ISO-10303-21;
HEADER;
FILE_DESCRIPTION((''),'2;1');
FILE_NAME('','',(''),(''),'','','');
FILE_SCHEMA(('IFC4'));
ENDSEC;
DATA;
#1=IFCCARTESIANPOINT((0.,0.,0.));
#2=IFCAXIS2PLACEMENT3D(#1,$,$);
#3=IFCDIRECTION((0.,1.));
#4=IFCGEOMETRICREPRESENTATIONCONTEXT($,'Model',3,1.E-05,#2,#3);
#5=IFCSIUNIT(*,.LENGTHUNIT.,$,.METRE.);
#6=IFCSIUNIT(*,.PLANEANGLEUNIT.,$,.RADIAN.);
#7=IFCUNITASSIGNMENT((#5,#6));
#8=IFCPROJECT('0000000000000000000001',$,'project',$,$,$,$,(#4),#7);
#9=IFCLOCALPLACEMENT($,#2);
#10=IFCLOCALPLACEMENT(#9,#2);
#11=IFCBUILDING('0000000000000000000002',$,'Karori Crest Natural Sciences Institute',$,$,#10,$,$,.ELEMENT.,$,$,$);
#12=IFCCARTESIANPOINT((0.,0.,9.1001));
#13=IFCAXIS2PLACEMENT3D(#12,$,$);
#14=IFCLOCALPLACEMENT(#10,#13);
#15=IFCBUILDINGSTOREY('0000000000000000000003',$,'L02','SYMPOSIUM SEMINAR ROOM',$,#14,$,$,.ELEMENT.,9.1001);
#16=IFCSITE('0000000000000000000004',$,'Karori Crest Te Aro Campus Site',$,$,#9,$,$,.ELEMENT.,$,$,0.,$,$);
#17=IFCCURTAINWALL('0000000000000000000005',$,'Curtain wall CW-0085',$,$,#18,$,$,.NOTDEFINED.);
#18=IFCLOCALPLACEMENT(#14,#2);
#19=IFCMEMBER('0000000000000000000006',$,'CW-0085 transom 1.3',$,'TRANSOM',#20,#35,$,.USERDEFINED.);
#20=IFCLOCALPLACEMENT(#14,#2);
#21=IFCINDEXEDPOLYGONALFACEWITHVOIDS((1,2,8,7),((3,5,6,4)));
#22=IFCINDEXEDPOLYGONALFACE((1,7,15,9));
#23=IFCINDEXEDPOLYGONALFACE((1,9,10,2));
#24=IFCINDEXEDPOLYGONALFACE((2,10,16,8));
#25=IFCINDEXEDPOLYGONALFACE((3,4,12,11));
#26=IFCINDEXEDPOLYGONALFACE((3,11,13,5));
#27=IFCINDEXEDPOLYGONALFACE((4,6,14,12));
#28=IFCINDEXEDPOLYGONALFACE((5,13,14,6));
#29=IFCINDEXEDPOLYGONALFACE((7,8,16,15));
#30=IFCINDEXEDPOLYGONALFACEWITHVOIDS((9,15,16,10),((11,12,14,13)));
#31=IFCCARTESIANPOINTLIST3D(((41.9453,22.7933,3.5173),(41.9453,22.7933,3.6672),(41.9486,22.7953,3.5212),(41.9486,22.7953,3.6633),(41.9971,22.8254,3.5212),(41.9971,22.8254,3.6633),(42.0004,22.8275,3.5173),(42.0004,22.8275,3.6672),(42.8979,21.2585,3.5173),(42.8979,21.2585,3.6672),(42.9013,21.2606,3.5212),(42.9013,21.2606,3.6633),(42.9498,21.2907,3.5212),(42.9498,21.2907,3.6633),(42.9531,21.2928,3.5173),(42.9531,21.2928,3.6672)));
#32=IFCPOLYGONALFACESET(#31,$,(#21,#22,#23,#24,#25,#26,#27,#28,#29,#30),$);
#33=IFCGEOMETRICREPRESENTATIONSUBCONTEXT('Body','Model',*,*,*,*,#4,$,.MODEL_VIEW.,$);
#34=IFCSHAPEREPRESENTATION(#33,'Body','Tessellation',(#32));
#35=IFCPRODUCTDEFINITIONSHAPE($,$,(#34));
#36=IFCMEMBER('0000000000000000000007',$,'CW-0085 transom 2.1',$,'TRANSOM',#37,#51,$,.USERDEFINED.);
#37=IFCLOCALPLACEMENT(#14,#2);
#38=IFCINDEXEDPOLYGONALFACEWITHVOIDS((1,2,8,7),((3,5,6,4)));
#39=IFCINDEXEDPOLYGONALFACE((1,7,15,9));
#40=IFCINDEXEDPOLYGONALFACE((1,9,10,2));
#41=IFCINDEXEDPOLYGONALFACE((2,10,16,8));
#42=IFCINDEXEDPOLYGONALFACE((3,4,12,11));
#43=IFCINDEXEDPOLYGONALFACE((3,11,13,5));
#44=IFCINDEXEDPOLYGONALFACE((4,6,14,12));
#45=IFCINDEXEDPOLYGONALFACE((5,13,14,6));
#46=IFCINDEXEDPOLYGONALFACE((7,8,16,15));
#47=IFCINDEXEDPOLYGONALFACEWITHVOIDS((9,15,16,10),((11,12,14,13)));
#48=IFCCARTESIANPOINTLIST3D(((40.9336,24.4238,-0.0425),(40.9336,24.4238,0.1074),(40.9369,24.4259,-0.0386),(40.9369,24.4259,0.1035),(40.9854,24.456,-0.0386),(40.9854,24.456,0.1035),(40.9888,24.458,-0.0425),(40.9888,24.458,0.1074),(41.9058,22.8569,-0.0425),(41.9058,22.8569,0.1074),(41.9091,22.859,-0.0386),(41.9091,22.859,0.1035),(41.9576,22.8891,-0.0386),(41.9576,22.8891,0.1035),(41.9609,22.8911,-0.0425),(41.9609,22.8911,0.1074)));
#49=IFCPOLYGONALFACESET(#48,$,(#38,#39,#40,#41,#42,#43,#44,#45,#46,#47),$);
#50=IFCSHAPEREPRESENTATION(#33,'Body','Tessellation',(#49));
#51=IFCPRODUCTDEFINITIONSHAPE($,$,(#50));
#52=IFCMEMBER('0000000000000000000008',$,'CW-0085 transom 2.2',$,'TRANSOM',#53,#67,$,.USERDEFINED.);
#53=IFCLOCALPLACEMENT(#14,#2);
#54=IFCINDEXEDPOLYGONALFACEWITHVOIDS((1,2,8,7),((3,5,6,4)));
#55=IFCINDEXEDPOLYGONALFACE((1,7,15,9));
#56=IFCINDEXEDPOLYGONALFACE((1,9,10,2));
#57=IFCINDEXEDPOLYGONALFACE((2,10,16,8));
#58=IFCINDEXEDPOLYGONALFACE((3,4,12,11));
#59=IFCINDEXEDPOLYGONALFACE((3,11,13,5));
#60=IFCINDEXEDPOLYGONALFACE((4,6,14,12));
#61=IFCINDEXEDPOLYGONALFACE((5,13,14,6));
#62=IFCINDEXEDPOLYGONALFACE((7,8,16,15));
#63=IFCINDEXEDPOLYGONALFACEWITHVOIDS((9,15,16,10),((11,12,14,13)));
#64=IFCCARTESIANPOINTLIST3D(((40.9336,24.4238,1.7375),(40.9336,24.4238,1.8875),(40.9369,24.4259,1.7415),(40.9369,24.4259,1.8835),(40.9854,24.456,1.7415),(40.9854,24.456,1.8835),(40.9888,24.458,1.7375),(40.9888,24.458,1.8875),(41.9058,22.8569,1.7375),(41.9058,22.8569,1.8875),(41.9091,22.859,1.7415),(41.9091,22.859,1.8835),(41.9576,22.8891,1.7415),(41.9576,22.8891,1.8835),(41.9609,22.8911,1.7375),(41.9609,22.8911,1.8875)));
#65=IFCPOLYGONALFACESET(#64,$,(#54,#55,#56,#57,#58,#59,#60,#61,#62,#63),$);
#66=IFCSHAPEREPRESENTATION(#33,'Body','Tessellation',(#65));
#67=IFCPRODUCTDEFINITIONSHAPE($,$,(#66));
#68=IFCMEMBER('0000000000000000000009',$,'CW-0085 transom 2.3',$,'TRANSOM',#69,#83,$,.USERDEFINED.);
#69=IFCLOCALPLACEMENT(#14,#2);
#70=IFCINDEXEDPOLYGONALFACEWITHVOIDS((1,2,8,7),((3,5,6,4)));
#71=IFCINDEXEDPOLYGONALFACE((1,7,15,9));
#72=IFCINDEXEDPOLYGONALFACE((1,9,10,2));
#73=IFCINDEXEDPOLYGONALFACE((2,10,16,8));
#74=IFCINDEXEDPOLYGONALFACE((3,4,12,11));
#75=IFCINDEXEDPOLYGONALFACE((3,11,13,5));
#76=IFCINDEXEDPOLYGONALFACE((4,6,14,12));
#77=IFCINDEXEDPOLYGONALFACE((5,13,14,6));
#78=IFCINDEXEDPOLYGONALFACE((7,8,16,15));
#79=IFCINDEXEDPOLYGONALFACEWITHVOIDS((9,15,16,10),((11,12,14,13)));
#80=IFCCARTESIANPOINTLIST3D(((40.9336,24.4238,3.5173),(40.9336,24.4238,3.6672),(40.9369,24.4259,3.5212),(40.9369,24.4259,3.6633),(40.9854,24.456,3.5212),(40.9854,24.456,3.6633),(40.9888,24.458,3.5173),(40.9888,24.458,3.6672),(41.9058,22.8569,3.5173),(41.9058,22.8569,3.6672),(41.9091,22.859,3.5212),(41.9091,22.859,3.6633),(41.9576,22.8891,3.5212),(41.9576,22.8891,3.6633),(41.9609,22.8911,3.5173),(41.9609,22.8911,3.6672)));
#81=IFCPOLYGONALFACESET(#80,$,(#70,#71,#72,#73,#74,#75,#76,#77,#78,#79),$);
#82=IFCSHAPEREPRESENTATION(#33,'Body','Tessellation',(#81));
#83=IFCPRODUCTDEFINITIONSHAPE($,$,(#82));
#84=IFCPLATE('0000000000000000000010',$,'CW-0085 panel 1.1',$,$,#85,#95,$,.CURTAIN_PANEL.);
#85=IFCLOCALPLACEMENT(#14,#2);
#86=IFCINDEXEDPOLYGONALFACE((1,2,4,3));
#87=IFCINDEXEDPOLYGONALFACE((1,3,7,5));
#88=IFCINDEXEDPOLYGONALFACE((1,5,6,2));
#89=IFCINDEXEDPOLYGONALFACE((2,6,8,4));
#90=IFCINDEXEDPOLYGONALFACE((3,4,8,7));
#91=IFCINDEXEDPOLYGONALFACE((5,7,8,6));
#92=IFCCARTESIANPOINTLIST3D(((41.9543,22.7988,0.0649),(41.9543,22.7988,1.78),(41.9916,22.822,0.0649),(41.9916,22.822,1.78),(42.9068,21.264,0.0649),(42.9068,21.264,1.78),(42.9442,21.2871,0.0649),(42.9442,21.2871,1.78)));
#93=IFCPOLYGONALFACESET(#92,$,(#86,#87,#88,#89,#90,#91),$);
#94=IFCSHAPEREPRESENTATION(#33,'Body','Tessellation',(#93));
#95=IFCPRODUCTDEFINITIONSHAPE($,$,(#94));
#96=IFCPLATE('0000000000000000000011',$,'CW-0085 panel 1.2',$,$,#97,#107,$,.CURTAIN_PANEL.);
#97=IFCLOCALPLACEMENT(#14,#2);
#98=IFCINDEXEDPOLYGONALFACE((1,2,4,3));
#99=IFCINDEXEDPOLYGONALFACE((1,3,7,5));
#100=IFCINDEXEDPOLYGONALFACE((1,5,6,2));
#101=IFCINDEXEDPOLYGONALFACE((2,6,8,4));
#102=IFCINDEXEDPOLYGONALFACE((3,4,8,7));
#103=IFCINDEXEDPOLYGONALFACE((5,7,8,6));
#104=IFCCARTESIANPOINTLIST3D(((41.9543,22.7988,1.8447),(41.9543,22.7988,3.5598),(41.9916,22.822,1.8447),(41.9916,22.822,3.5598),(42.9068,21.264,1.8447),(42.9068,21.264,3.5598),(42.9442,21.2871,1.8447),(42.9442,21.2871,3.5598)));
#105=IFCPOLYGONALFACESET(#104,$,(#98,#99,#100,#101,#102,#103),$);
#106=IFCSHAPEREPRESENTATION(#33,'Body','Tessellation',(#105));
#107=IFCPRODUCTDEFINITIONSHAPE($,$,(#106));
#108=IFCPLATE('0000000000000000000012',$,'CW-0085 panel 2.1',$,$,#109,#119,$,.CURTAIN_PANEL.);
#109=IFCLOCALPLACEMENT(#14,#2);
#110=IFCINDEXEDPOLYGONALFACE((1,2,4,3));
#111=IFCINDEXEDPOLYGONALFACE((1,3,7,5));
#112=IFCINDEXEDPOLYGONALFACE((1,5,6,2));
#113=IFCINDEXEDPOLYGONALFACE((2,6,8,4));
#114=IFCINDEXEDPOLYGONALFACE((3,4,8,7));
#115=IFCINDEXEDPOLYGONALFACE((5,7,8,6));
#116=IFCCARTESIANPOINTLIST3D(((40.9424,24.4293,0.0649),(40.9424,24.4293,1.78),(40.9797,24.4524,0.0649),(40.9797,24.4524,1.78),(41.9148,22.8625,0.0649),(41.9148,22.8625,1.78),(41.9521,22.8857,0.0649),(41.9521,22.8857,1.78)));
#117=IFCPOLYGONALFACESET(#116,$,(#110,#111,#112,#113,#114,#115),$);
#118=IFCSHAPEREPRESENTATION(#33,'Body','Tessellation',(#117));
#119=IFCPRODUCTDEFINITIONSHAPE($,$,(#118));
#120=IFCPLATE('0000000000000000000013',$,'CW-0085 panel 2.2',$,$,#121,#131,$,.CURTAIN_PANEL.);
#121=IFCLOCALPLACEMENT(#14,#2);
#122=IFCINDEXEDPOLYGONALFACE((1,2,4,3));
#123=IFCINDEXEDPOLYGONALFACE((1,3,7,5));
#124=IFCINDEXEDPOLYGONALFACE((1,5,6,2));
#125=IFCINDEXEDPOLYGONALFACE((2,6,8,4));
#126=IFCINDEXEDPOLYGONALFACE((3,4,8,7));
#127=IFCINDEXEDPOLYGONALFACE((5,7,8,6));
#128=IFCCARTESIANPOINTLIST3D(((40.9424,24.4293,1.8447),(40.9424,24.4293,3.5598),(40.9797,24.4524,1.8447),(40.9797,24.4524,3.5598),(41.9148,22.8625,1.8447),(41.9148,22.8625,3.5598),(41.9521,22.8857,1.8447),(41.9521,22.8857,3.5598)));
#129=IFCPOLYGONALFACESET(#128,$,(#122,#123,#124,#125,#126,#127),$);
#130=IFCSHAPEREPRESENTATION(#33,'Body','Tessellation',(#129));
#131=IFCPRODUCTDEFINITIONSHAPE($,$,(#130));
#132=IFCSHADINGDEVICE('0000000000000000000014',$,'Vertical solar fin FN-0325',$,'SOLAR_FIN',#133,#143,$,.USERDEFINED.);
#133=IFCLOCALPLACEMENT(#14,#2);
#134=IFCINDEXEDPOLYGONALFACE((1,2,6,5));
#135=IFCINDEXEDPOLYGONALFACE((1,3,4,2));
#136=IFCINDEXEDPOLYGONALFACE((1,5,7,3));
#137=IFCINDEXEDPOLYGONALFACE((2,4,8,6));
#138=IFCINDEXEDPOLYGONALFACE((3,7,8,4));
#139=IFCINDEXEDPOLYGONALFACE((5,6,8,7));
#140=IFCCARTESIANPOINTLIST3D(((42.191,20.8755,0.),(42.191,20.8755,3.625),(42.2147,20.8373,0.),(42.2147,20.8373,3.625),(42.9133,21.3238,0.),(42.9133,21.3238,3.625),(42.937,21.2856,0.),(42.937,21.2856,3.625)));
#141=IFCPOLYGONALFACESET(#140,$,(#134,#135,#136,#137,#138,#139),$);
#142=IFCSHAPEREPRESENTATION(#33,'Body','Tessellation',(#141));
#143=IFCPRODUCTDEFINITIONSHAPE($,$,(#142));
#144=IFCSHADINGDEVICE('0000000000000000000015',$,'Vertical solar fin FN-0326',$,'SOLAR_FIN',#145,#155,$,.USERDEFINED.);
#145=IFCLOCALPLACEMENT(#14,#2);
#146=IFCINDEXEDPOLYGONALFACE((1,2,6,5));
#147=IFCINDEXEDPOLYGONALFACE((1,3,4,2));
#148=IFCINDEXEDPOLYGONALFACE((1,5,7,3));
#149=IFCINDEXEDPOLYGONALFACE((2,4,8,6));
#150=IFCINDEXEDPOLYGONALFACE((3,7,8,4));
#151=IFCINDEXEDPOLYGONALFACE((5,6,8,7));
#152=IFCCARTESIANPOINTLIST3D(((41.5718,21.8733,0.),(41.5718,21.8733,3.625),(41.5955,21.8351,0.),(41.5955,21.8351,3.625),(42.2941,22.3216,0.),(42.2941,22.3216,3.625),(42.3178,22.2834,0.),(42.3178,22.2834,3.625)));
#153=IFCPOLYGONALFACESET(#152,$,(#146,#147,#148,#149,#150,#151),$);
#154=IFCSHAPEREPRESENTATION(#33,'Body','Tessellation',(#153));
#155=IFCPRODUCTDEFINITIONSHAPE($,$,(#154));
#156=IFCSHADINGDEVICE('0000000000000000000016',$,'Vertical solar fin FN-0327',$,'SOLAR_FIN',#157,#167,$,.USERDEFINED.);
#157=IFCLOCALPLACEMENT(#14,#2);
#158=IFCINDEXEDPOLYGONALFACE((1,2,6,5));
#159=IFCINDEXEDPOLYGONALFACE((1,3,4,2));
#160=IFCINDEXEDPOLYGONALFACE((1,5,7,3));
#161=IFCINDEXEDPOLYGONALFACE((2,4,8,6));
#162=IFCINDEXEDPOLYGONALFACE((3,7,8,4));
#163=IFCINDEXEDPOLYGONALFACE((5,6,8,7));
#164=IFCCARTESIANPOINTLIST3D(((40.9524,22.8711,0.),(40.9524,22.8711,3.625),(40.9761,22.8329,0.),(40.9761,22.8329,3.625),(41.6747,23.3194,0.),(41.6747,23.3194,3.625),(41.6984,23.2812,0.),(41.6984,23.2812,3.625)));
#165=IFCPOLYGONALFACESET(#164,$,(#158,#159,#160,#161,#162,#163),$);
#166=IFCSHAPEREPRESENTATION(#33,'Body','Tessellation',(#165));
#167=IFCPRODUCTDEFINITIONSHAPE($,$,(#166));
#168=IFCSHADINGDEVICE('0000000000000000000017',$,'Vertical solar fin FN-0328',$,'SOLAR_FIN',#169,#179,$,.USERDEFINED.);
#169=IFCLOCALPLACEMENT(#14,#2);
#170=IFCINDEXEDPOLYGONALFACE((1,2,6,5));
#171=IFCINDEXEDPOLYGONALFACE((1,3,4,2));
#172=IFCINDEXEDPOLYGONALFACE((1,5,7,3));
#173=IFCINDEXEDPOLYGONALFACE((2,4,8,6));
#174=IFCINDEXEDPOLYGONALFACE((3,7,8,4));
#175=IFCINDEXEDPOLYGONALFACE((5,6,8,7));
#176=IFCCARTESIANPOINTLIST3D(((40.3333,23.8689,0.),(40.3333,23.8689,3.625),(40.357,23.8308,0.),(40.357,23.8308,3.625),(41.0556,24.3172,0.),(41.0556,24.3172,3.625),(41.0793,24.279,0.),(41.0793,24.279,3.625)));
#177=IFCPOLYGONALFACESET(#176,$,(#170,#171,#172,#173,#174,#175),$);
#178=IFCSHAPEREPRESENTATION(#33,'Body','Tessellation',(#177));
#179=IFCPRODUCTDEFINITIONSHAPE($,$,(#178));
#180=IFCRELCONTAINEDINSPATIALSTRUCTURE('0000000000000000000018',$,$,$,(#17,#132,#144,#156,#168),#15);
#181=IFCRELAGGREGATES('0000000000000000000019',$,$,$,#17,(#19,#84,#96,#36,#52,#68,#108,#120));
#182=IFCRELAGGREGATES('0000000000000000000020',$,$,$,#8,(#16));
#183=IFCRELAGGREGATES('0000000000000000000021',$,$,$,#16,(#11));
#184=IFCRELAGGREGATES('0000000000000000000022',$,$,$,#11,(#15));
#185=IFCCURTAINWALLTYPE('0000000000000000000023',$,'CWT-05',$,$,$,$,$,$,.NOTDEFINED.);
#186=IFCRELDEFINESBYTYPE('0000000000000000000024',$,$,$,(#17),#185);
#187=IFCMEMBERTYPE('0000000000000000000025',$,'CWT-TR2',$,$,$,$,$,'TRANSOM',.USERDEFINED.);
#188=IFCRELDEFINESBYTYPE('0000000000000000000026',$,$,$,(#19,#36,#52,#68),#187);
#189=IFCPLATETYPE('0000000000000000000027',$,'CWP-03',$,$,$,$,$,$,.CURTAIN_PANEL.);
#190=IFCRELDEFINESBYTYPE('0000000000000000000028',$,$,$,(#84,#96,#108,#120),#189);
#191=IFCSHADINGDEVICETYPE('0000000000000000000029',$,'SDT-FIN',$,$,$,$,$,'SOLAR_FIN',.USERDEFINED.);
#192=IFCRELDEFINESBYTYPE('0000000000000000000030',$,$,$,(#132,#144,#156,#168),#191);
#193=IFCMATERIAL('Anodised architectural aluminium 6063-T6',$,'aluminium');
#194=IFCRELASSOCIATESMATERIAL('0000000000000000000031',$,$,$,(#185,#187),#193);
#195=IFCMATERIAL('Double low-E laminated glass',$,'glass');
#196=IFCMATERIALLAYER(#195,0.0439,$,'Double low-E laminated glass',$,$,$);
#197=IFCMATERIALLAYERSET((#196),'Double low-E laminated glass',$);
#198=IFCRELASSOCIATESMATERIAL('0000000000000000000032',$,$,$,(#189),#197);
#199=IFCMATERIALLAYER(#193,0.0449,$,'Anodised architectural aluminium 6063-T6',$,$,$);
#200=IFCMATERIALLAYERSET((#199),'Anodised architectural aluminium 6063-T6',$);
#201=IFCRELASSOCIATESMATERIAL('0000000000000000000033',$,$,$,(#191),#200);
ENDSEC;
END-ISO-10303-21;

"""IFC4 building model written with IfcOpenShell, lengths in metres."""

from ifc_helpers import new_model, si_unit, direction, frame, origin, origin_2d, place, context, subcontext, project, spatial, rectangle, hollow_rectangle, extrude, material, layer, layer_set, material_profile, profile_set, type_object, element, aggregate, save


model = new_model("IFC4")

# Units and contexts
model_context = context("Model", 3, precision=1e-05, world=origin(), true_north=direction((0.0, 1.0)))
body_context = subcontext(model_context, "Body", "Model", "MODEL_VIEW")
ifc_project = project(units=[si_unit("LENGTHUNIT", "METRE"), si_unit("PLANEANGLEUNIT", "RADIAN")], contexts=[model_context])

# Site, building, storey
site_placement = place(None, origin())
site = spatial("IfcSite", under=ifc_project, at=site_placement, Name="Karori Crest Te Aro Campus Site", CompositionType="ELEMENT", RefElevation=0.0)
building_placement = place(site_placement, origin())
building = spatial("IfcBuilding", under=site, at=building_placement, Name="Karori Crest Natural Sciences Institute", CompositionType="ELEMENT")
storey_placement = place(building_placement, frame((0.0, 0.0, 9.1001)))
storey = spatial("IfcBuildingStorey", under=building, at=storey_placement, Name="L02", Description="SYMPOSIUM SEMINAR ROOM", CompositionType="ELEMENT", Elevation=9.1001)

# Curtain wall, members, plates
ifc_material_1 = material(Name="Anodised architectural aluminium 6063-T6", Category="aluminium")
curtain_wall_type = type_object("IfcCurtainWallType", Name="CWT-05", PredefinedType="NOTDEFINED", material=ifc_material_1)
curtain_wall_placement = place(storey_placement, origin())
curtain_wall = element("IfcCurtainWall", 1, at=curtain_wall_placement, inside=storey, type_object=curtain_wall_type, Name="Curtain wall CW-0085", PredefinedType="NOTDEFINED")
ifc_material_profile_1 = material_profile(ifc_material_1, hollow_rectangle(XDim=0.0649, YDim=0.1499, WallThickness=0.0039, at=origin_2d()), Name="CWT150x65x4")
ifc_profile_set_1 = profile_set([ifc_material_profile_1], Name="Anodised architectural aluminium 6063-T6")
member_type_1 = type_object("IfcMemberType", Name="CWT-TR2", ElementType="TRANSOM", PredefinedType="USERDEFINED", material=ifc_profile_set_1)
member_1_placement = place(storey_placement, frame((42.9255, 21.2756, 3.5923), z_axis=(-0.527397, 0.849619, 0.0), x_axis=(-0.849619, -0.527397, 0.0)))
member_1 = element("IfcMember", 2, at=member_1_placement, type_object=member_type_1, Name="CW-0085 transom 1.3", ObjectType="TRANSOM", PredefinedType="USERDEFINED", context=body_context, shape_type="SweptSolid", body=[
    extrude(hollow_rectangle(XDim=0.0649, YDim=0.1499, WallThickness=0.0039, at=origin_2d()), origin(), (0.0, 0.0, 1.0), 1.8064),
])
member_2_placement = place(storey_placement, frame((41.9333, 22.874, 0.0325), z_axis=(-0.527211, 0.849734, 0.0), x_axis=(-0.849734, -0.527211, 0.0)))
member_2 = element("IfcMember", 3, at=member_2_placement, type_object=member_type_1, Name="CW-0085 transom 2.1", ObjectType="TRANSOM", PredefinedType="USERDEFINED", context=body_context, shape_type="SweptSolid", body=[
    extrude(hollow_rectangle(XDim=0.0649, YDim=0.1499, WallThickness=0.0039, at=origin_2d()), origin(), (0.0, 0.0, 1.0), 1.844),
])
member_3_placement = place(storey_placement, frame((41.9333, 22.874, 1.8125), z_axis=(-0.527211, 0.849734, 0.0), x_axis=(-0.849734, -0.527211, 0.0)))
member_3 = element("IfcMember", 4, at=member_3_placement, type_object=member_type_1, Name="CW-0085 transom 2.2", ObjectType="TRANSOM", PredefinedType="USERDEFINED", context=body_context, shape_type="SweptSolid", body=[
    extrude(hollow_rectangle(XDim=0.0649, YDim=0.1499, WallThickness=0.0039, at=origin_2d()), origin(), (0.0, 0.0, 1.0), 1.844),
])
member_4_placement = place(storey_placement, frame((41.9333, 22.874, 3.5923), z_axis=(-0.527211, 0.849734, 0.0), x_axis=(-0.849734, -0.527211, 0.0)))
member_4 = element("IfcMember", 5, at=member_4_placement, type_object=member_type_1, Name="CW-0085 transom 2.3", ObjectType="TRANSOM", PredefinedType="USERDEFINED", context=body_context, shape_type="SweptSolid", body=[
    extrude(hollow_rectangle(XDim=0.0649, YDim=0.1499, WallThickness=0.0039, at=origin_2d()), origin(), (0.0, 0.0, 1.0), 1.844),
])
ifc_material_2 = material(Name="Double low-E laminated glass", Category="glass")
ifc_layer_1 = layer(ifc_material_2, 0.0439, Name="Double low-E laminated glass")
ifc_layer_set_1 = layer_set([ifc_layer_1], Name="Double low-E laminated glass")
plate_type = type_object("IfcPlateType", Name="CWP-03", PredefinedType="CURTAIN_PANEL", material=ifc_layer_set_1)
plate_1_placement = place(storey_placement, frame((42.4492, 22.043, 0.0649), z_axis=(0.0, 0.0, 1.0), x_axis=(-0.527322, 0.849666, 0.0)))
plate_1 = element("IfcPlate", 6, at=plate_1_placement, type_object=plate_type, Name="CW-0085 panel 1.1", PredefinedType="CURTAIN_PANEL", context=body_context, shape_type="SweptSolid", body=[
    extrude(rectangle(XDim=1.8064, YDim=0.0439, at=origin_2d()), origin(), (0.0, 0.0, 1.0), 1.7151),
])
plate_2_placement = place(storey_placement, frame((42.4492, 22.043, 1.8447), z_axis=(0.0, 0.0, 1.0), x_axis=(-0.527322, 0.849666, 0.0)))
plate_2 = element("IfcPlate", 7, at=plate_2_placement, type_object=plate_type, Name="CW-0085 panel 1.2", PredefinedType="CURTAIN_PANEL", context=body_context, shape_type="SweptSolid", body=[
    extrude(rectangle(XDim=1.8064, YDim=0.0439, at=origin_2d()), origin(), (0.0, 0.0, 1.0), 1.7151),
])
plate_3_placement = place(storey_placement, frame((41.4473, 23.6575, 0.0649), z_axis=(0.0, 0.0, 1.0), x_axis=(-0.527322, 0.849666, 0.0)))
plate_3 = element("IfcPlate", 8, at=plate_3_placement, type_object=plate_type, Name="CW-0085 panel 2.1", PredefinedType="CURTAIN_PANEL", context=body_context, shape_type="SweptSolid", body=[
    extrude(rectangle(XDim=1.844, YDim=0.0439, at=origin_2d()), origin(), (0.0, 0.0, 1.0), 1.7151),
])
plate_4_placement = place(storey_placement, frame((41.4473, 23.6575, 1.8447), z_axis=(0.0, 0.0, 1.0), x_axis=(-0.527322, 0.849666, 0.0)))
plate_4 = element("IfcPlate", 9, at=plate_4_placement, type_object=plate_type, Name="CW-0085 panel 2.2", PredefinedType="CURTAIN_PANEL", context=body_context, shape_type="SweptSolid", body=[
    extrude(rectangle(XDim=1.844, YDim=0.0439, at=origin_2d()), origin(), (0.0, 0.0, 1.0), 1.7151),
])
aggregate(curtain_wall, [member_1, plate_1, plate_2, member_2, member_3, member_4, plate_3, plate_4])

# Shading devices
ifc_layer_2 = layer(ifc_material_1, 0.0449, Name="Anodised architectural aluminium 6063-T6")
ifc_layer_set_2 = layer_set([ifc_layer_2], Name="Anodised architectural aluminium 6063-T6")
shading_device_type = type_object("IfcShadingDeviceType", Name="SDT-FIN", ElementType="SOLAR_FIN", PredefinedType="USERDEFINED", material=ifc_layer_set_2)
for number, where, z_axis, x_axis, name in (
    (10, (42.564, 21.0806, 0.0), (0.0, 0.0, 1.0), (-0.849665, -0.527322, 0.0), "Vertical solar fin FN-0325"),
    (11, (41.9448, 22.0784, 0.0), (0.0, 0.0, 1.0), (-0.849665, -0.527322, 0.0), "Vertical solar fin FN-0326"),
    (12, (41.3254, 23.0762, 0.0), (0.0, 0.0, 1.0), (-0.849665, -0.527322, 0.0), "Vertical solar fin FN-0327"),
    (13, (40.7063, 24.074, 0.0), (0.0, 0.0, 1.0), (-0.849665, -0.527322, 0.0), "Vertical solar fin FN-0328"),
):
    element("IfcShadingDevice", number, at=place(storey_placement, frame(where, z_axis=z_axis, x_axis=x_axis)), inside=storey, type_object=shading_device_type, Name=name, ObjectType="SOLAR_FIN", PredefinedType="USERDEFINED", context=body_context, shape_type="SweptSolid", body=[
        extrude(rectangle(XDim=0.8501, YDim=0.0449, at=origin_2d()), origin(), (0.0, 0.0, 1.0), 3.625),
    ])

save(model, "model.ifc")
